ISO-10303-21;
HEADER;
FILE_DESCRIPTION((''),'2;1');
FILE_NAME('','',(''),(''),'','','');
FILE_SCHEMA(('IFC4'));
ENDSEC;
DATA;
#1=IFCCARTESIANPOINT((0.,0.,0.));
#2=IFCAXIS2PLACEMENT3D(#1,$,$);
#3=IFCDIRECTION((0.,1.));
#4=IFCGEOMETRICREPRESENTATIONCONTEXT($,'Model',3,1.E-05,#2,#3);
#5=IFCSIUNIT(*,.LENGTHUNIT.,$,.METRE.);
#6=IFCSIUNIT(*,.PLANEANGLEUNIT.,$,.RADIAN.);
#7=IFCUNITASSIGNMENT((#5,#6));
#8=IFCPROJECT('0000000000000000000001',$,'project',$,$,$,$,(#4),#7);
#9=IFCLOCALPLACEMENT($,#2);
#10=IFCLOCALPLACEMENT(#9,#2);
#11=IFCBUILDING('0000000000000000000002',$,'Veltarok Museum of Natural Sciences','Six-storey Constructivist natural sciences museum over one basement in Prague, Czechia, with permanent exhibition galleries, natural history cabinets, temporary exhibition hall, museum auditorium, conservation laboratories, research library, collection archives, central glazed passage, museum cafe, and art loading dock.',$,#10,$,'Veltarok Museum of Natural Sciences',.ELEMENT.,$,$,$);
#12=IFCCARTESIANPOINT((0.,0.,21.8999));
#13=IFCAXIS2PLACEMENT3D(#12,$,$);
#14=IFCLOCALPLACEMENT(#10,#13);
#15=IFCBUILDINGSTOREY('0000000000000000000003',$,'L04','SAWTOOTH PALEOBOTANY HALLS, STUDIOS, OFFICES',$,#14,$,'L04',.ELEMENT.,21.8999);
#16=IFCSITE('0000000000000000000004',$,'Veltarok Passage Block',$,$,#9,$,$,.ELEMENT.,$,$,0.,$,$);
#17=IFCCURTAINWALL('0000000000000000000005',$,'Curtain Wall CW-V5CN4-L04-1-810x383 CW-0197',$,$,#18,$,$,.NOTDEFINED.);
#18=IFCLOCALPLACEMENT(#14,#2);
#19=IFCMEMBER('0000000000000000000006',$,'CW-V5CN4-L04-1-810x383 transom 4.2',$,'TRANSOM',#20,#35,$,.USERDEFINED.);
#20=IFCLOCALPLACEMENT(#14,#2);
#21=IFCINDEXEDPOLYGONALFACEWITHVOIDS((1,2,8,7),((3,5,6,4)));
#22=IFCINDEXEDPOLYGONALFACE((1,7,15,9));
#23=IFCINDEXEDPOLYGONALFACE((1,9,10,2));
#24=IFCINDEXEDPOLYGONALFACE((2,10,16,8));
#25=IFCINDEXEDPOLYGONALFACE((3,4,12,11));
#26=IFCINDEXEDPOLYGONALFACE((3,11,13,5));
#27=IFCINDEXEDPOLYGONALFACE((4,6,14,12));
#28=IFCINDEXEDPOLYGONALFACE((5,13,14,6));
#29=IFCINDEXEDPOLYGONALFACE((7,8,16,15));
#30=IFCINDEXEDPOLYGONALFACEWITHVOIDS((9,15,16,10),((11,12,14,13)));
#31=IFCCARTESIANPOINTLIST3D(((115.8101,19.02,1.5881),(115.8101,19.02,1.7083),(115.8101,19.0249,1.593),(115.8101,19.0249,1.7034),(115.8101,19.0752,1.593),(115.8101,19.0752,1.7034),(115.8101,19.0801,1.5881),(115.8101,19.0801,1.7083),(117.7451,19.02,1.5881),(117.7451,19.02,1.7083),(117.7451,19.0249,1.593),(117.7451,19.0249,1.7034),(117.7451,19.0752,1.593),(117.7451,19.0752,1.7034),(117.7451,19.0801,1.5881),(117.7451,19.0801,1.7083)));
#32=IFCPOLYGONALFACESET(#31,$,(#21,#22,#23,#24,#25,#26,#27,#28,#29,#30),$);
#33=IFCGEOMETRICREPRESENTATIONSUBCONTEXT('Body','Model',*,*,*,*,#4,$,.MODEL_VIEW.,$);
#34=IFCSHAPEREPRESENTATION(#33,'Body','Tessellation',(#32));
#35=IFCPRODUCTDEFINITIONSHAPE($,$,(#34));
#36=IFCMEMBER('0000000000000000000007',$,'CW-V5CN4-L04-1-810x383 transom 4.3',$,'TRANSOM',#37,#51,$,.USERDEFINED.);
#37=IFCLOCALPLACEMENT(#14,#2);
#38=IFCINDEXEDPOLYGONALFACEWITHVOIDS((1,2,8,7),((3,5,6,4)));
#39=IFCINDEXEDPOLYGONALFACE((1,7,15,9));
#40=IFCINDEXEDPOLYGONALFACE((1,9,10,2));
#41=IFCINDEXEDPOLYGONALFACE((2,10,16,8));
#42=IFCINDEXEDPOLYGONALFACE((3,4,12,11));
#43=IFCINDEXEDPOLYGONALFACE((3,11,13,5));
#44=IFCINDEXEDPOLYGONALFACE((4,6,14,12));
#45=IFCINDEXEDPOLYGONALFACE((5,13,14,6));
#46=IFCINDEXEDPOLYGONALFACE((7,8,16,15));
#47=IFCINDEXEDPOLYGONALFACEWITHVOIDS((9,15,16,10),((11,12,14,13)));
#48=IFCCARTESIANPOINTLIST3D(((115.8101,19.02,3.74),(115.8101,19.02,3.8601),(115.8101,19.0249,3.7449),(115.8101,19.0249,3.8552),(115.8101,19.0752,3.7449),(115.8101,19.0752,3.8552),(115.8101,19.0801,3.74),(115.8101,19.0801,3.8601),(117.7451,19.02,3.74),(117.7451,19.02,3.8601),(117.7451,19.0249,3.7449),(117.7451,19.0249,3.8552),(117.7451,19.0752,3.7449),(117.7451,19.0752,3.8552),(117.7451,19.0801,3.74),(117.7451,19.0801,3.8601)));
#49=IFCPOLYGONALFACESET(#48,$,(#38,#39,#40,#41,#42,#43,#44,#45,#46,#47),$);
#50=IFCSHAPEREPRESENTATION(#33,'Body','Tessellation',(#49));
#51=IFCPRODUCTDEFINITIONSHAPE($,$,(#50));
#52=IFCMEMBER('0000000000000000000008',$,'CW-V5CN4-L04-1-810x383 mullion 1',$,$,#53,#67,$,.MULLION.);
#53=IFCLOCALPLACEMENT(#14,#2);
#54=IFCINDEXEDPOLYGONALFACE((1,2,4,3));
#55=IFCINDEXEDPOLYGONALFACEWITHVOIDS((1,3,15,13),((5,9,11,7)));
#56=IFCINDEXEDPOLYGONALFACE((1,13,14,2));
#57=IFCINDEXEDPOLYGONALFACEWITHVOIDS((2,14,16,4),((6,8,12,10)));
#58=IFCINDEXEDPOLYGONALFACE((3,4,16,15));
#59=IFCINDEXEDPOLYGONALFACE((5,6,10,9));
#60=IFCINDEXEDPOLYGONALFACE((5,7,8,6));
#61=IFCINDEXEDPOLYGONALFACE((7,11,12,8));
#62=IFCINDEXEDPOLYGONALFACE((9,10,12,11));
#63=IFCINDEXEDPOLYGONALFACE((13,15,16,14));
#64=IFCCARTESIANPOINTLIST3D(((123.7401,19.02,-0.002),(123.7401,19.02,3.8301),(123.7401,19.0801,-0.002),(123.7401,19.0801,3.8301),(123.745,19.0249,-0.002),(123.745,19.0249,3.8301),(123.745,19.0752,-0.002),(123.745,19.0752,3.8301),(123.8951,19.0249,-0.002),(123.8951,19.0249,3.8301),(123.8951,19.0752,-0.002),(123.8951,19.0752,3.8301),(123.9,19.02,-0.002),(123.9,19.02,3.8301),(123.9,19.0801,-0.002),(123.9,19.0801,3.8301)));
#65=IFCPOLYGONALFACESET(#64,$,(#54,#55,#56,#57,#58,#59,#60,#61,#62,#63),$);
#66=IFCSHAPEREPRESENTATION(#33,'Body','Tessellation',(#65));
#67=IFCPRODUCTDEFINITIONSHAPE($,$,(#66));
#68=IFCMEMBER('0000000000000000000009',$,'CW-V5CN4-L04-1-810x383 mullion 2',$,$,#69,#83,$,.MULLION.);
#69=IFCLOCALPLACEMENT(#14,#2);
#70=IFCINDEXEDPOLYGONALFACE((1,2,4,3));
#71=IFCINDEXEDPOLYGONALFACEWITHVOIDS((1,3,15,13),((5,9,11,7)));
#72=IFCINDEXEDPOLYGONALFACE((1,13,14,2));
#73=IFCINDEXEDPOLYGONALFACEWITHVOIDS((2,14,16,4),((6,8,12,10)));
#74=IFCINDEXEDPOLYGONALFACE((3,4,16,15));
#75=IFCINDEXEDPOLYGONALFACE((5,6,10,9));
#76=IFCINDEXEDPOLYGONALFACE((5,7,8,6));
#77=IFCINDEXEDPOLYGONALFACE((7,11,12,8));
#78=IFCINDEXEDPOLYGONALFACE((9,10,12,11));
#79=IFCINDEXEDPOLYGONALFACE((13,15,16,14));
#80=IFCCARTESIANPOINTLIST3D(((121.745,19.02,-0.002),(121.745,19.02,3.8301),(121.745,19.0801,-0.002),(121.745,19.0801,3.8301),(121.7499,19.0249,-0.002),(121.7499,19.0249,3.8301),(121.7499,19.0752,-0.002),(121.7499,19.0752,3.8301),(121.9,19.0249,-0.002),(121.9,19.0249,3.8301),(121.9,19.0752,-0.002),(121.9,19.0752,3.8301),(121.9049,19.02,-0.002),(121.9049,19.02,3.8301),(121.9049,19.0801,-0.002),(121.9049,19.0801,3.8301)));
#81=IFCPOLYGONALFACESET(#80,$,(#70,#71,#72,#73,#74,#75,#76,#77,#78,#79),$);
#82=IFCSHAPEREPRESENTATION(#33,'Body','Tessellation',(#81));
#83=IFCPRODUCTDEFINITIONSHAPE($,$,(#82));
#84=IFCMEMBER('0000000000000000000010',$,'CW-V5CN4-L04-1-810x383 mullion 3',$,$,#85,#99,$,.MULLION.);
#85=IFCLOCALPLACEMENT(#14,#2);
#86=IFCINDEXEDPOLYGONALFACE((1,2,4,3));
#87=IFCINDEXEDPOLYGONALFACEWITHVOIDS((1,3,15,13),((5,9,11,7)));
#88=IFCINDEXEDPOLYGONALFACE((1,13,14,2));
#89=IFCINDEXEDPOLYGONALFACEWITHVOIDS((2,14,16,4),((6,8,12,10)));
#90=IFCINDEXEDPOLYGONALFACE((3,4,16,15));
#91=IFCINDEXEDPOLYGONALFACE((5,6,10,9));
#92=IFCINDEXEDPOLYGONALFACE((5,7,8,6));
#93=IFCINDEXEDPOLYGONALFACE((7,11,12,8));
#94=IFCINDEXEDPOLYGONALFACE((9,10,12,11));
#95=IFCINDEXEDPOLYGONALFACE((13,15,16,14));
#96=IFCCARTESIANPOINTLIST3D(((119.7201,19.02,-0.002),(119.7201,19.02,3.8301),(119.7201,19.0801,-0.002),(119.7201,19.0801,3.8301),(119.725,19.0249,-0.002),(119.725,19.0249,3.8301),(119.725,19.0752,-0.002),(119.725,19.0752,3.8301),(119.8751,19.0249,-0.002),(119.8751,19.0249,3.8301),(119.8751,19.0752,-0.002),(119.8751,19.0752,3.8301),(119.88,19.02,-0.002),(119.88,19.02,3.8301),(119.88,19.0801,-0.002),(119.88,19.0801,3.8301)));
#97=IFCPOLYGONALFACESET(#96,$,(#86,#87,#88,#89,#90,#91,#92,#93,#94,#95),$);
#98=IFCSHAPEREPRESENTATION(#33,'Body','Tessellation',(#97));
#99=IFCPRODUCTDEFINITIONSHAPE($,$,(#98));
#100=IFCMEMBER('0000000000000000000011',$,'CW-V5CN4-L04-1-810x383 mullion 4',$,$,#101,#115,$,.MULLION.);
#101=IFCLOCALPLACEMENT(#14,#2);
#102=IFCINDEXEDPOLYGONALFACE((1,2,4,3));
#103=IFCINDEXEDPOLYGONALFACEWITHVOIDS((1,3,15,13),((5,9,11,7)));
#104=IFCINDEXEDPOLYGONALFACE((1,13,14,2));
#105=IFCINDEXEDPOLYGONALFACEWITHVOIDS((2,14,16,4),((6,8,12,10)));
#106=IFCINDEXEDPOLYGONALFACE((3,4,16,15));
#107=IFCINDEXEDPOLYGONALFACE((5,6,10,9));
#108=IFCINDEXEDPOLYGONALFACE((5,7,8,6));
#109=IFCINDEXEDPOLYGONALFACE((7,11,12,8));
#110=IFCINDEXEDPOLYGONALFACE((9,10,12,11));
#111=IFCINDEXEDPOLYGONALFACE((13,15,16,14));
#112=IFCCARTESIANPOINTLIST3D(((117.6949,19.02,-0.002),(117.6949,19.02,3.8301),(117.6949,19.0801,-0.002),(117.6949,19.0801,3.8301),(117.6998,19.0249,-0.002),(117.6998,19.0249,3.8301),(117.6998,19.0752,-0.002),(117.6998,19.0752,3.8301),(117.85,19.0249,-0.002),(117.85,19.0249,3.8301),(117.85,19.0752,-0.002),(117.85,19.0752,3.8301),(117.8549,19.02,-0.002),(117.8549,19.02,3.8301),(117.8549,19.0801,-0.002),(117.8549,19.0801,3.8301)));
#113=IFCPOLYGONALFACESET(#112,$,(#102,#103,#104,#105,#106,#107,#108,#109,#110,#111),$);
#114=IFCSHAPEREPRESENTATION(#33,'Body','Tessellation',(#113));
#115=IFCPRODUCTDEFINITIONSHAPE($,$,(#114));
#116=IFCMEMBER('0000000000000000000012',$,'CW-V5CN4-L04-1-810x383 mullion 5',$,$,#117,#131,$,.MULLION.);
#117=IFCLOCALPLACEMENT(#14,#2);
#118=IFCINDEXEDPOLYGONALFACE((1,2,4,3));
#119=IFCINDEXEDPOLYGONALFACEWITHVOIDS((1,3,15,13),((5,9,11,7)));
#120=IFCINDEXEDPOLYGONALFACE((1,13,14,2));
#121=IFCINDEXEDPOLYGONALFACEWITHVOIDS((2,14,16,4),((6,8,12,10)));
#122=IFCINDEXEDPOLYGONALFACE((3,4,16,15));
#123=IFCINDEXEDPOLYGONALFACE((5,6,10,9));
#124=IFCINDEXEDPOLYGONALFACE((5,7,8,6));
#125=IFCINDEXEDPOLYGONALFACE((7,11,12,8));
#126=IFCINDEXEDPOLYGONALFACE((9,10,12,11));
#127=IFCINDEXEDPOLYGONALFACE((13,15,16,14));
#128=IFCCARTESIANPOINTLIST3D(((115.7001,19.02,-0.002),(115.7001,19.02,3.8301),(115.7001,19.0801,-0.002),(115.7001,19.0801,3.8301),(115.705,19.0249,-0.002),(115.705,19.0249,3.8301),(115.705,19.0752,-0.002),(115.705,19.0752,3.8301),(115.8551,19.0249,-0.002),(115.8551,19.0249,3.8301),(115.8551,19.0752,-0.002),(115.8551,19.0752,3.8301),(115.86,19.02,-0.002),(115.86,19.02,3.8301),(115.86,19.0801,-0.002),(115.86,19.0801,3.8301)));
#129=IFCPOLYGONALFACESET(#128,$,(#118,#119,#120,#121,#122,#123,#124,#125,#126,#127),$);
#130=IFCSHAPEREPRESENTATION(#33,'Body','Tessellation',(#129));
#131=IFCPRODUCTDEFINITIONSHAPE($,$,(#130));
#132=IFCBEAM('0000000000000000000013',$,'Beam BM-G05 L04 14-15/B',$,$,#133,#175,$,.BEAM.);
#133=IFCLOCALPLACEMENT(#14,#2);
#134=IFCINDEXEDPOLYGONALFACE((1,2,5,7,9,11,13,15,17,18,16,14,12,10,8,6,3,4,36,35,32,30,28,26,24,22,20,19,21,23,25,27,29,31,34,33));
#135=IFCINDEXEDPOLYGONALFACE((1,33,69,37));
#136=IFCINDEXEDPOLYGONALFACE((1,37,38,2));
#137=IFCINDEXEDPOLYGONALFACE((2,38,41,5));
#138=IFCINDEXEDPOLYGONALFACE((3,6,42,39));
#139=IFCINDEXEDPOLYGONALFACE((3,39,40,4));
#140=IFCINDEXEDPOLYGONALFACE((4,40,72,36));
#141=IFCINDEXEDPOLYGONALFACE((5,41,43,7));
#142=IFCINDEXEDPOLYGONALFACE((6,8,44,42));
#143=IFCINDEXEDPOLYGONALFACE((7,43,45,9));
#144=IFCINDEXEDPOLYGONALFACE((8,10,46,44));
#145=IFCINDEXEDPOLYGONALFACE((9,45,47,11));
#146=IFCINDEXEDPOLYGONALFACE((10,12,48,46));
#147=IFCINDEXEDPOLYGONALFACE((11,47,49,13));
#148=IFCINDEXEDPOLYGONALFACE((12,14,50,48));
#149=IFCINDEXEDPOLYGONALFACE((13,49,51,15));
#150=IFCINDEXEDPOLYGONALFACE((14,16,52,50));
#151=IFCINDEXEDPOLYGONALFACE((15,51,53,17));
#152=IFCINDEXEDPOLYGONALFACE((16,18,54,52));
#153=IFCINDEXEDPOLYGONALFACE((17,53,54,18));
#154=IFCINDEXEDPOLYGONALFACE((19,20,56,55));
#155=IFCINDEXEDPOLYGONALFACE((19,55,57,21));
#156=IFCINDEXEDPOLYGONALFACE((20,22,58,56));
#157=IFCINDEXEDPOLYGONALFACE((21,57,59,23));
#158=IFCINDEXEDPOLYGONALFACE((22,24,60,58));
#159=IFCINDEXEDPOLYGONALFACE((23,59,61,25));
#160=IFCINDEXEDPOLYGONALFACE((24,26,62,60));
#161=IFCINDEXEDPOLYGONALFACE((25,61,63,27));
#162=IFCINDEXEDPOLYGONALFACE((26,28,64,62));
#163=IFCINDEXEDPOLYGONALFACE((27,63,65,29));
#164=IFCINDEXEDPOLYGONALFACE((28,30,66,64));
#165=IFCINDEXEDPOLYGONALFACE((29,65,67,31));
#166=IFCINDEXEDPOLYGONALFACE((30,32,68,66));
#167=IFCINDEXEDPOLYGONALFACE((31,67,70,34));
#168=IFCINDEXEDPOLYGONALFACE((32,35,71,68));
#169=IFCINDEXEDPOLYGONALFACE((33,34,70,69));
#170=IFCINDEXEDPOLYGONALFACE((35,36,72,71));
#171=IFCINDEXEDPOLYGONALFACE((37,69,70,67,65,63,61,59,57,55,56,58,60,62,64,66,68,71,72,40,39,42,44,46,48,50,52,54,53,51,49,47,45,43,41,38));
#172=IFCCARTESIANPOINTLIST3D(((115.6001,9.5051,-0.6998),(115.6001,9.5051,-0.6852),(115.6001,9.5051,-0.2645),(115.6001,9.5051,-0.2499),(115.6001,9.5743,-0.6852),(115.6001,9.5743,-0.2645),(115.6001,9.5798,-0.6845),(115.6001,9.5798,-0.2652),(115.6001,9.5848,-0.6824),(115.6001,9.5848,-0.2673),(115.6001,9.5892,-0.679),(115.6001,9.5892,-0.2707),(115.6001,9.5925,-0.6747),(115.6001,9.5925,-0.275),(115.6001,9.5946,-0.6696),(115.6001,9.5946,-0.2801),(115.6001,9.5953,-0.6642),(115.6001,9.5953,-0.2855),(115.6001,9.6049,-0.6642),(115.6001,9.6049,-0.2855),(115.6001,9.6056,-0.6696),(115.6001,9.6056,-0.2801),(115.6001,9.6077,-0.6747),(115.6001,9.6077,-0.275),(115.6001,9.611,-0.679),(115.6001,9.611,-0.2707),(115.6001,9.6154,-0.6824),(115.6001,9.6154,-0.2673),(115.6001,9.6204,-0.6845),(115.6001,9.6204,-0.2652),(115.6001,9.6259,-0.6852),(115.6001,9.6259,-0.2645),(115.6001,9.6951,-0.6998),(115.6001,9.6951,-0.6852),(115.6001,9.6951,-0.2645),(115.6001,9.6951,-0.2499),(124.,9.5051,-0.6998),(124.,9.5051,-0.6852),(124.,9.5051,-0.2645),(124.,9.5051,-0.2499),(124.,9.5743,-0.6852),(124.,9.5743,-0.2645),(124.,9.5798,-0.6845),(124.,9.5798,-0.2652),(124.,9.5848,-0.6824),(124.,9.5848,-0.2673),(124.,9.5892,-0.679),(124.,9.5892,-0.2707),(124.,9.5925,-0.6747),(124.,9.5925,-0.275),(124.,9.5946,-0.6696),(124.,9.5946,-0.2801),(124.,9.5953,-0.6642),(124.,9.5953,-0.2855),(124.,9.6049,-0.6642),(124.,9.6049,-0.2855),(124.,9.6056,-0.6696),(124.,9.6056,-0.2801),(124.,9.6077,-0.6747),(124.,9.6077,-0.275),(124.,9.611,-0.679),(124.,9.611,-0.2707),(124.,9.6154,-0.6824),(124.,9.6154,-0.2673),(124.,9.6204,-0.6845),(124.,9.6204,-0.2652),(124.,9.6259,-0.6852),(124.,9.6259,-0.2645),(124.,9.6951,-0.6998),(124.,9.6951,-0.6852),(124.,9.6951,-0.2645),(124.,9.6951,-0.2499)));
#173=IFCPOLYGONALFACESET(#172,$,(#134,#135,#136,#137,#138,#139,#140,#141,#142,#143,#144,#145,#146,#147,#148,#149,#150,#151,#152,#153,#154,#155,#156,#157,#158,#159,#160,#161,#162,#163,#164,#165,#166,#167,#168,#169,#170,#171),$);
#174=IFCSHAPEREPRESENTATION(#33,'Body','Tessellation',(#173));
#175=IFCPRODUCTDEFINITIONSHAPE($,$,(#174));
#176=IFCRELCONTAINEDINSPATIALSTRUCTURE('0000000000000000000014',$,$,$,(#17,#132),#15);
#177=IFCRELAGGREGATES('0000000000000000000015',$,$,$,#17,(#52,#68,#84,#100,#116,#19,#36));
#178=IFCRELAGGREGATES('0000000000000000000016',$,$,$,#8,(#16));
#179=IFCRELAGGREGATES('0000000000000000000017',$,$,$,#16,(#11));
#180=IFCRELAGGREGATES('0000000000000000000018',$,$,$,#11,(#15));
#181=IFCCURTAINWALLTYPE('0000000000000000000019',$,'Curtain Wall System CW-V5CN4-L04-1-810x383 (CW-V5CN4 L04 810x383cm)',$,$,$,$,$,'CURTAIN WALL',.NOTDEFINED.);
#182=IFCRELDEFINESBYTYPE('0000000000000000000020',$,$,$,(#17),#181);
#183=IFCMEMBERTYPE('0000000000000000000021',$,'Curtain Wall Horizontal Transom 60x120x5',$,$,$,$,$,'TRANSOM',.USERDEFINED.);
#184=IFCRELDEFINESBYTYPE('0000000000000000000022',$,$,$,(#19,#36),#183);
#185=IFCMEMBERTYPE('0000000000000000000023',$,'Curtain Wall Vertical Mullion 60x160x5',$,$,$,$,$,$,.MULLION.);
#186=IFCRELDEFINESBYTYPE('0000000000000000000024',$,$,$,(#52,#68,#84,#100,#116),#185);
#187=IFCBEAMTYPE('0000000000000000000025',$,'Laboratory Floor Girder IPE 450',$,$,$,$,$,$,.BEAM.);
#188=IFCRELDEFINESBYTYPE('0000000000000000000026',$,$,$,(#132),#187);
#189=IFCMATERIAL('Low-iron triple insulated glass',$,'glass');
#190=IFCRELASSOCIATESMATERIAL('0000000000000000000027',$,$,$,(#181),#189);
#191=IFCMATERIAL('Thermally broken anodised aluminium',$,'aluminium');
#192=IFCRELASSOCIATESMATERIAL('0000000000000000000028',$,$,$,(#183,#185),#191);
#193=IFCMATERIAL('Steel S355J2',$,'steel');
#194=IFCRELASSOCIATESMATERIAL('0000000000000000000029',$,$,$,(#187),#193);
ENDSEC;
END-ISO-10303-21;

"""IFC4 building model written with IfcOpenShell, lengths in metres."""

from ifc_helpers import new_model, si_unit, direction, frame, origin, origin_2d, place, context, subcontext, project, spatial, hollow_rectangle, i_section, extrude, material, material_profile, profile_set, type_object, element, aggregate, save


model = new_model("IFC4")

# Units and contexts
model_context = context("Model", 3, precision=1e-05, world=origin(), true_north=direction((0.0, 1.0)))
body_context = subcontext(model_context, "Body", "Model", "MODEL_VIEW")
ifc_project = project(units=[si_unit("LENGTHUNIT", "METRE"), si_unit("PLANEANGLEUNIT", "RADIAN")], contexts=[model_context])

# Site, building, storey
site_placement = place(None, origin())
site = spatial("IfcSite", under=ifc_project, at=site_placement, Name="Veltarok Passage Block", CompositionType="ELEMENT", RefElevation=0.0)
building_placement = place(site_placement, origin())
building = spatial("IfcBuilding", under=site, at=building_placement, Name="Veltarok Museum of Natural Sciences", Description="Six-storey Constructivist natural sciences museum over one basement in Prague, Czechia, with permanent exhibition galleries, natural history cabinets, temporary exhibition hall, museum auditorium, conservation laboratories, research library, collection archives, central glazed passage, museum cafe, and art loading dock.", LongName="Veltarok Museum of Natural Sciences", CompositionType="ELEMENT")
storey_placement = place(building_placement, frame((0.0, 0.0, 21.8999)))
storey = spatial("IfcBuildingStorey", under=building, at=storey_placement, Name="L04", Description="SAWTOOTH PALEOBOTANY HALLS, STUDIOS, OFFICES", LongName="L04", CompositionType="ELEMENT", Elevation=21.8999)

# Curtain wall, members
ifc_material_1 = material(Name="Low-iron triple insulated glass", Category="glass")
curtain_wall_type = type_object("IfcCurtainWallType", Name="Curtain Wall System CW-V5CN4-L04-1-810x383 (CW-V5CN4 L04 810x383cm)", ElementType="CURTAIN WALL", PredefinedType="NOTDEFINED", material=ifc_material_1)
curtain_wall_placement = place(storey_placement, origin())
curtain_wall = element("IfcCurtainWall", 1, at=curtain_wall_placement, inside=storey, type_object=curtain_wall_type, Name="Curtain Wall CW-V5CN4-L04-1-810x383 CW-0197", PredefinedType="NOTDEFINED")
ifc_material_2 = material(Name="Thermally broken anodised aluminium", Category="aluminium")
ifc_material_profile_1 = material_profile(ifc_material_2, hollow_rectangle(XDim=0.0601, YDim=0.1201, WallThickness=0.0049, at=origin_2d()), Name="CW TRANSOM 60x120x5")
ifc_profile_set_1 = profile_set([ifc_material_profile_1], Name="Thermally broken anodised aluminium")
member_type_1 = type_object("IfcMemberType", Name="Curtain Wall Horizontal Transom 60x120x5", ElementType="TRANSOM", PredefinedType="USERDEFINED", material=ifc_profile_set_1)
member_1_placement = place(storey_placement, frame((117.7451, 19.05, 1.6482), z_axis=(-1.0, 0.0, 0.0), x_axis=(0.0, -1.0, 0.0)))
member_1 = element("IfcMember", 2, at=member_1_placement, type_object=member_type_1, Name="CW-V5CN4-L04-1-810x383 transom 4.2", ObjectType="TRANSOM", PredefinedType="USERDEFINED", context=body_context, shape_type="SweptSolid", body=[
    extrude(hollow_rectangle(XDim=0.0601, YDim=0.1201, WallThickness=0.0049, at=origin_2d()), origin(), (0.0, 0.0, 1.0), 1.9351),
])
member_2_placement = place(storey_placement, frame((117.7451, 19.05, 3.8), z_axis=(-1.0, 0.0, 0.0), x_axis=(0.0, -1.0, 0.0)))
member_2 = element("IfcMember", 3, at=member_2_placement, type_object=member_type_1, Name="CW-V5CN4-L04-1-810x383 transom 4.3", ObjectType="TRANSOM", PredefinedType="USERDEFINED", context=body_context, shape_type="SweptSolid", body=[
    extrude(hollow_rectangle(XDim=0.0601, YDim=0.1201, WallThickness=0.0049, at=origin_2d()), origin(), (0.0, 0.0, 1.0), 1.9351),
])
ifc_material_profile_2 = material_profile(ifc_material_2, hollow_rectangle(XDim=0.0601, YDim=0.1599, WallThickness=0.0049, at=origin_2d()), Name="CW MULLION 60x160x5")
ifc_profile_set_2 = profile_set([ifc_material_profile_2], Name="Thermally broken anodised aluminium")
member_type_2 = type_object("IfcMemberType", Name="Curtain Wall Vertical Mullion 60x160x5", PredefinedType="MULLION", material=ifc_profile_set_2)
member_3_placement = place(storey_placement, frame((123.8201, 19.05, -0.002), z_axis=(0.0, 0.0, 1.0), x_axis=(0.0, -1.0, 0.0)))
member_3 = element("IfcMember", 4, at=member_3_placement, type_object=member_type_2, Name="CW-V5CN4-L04-1-810x383 mullion 1", PredefinedType="MULLION", context=body_context, shape_type="SweptSolid", body=[
    extrude(hollow_rectangle(XDim=0.0601, YDim=0.1599, WallThickness=0.0049, at=origin_2d()), origin(), (0.0, 0.0, 1.0), 3.832),
])
member_4_placement = place(storey_placement, frame((121.825, 19.05, -0.002), z_axis=(0.0, 0.0, 1.0), x_axis=(0.0, -1.0, 0.0)))
member_4 = element("IfcMember", 5, at=member_4_placement, type_object=member_type_2, Name="CW-V5CN4-L04-1-810x383 mullion 2", PredefinedType="MULLION", context=body_context, shape_type="SweptSolid", body=[
    extrude(hollow_rectangle(XDim=0.0601, YDim=0.1599, WallThickness=0.0049, at=origin_2d()), origin(), (0.0, 0.0, 1.0), 3.832),
])
member_5_placement = place(storey_placement, frame((119.8, 19.05, -0.002), z_axis=(0.0, 0.0, 1.0), x_axis=(0.0, -1.0, 0.0)))
member_5 = element("IfcMember", 6, at=member_5_placement, type_object=member_type_2, Name="CW-V5CN4-L04-1-810x383 mullion 3", PredefinedType="MULLION", context=body_context, shape_type="SweptSolid", body=[
    extrude(hollow_rectangle(XDim=0.0601, YDim=0.1599, WallThickness=0.0049, at=origin_2d()), origin(), (0.0, 0.0, 1.0), 3.832),
])
member_6_placement = place(storey_placement, frame((117.7749, 19.05, -0.002), z_axis=(0.0, 0.0, 1.0), x_axis=(0.0, -1.0, 0.0)))
member_6 = element("IfcMember", 7, at=member_6_placement, type_object=member_type_2, Name="CW-V5CN4-L04-1-810x383 mullion 4", PredefinedType="MULLION", context=body_context, shape_type="SweptSolid", body=[
    extrude(hollow_rectangle(XDim=0.0601, YDim=0.1599, WallThickness=0.0049, at=origin_2d()), origin(), (0.0, 0.0, 1.0), 3.832),
])
member_7_placement = place(storey_placement, frame((115.78, 19.05, -0.002), z_axis=(0.0, 0.0, 1.0), x_axis=(0.0, -1.0, 0.0)))
member_7 = element("IfcMember", 8, at=member_7_placement, type_object=member_type_2, Name="CW-V5CN4-L04-1-810x383 mullion 5", PredefinedType="MULLION", context=body_context, shape_type="SweptSolid", body=[
    extrude(hollow_rectangle(XDim=0.0601, YDim=0.1599, WallThickness=0.0049, at=origin_2d()), origin(), (0.0, 0.0, 1.0), 3.832),
])

# Beam
ifc_material_3 = material(Name="Steel S355J2", Category="steel")
ifc_material_profile_3 = material_profile(ifc_material_3, i_section(OverallWidth=0.1899, OverallDepth=0.45, WebThickness=0.0095, FlangeThickness=0.0146, FilletRadius=0.021, at=origin_2d()), Name="IPE 450")
ifc_profile_set_3 = profile_set([ifc_material_profile_3], Name="Steel S355J2")
beam_type_1 = type_object("IfcBeamType", Name="Laboratory Floor Girder IPE 450", PredefinedType="BEAM", material=ifc_profile_set_3)
beam_1_placement = place(storey_placement, frame((115.6001, 9.6001, -0.4749), z_axis=(1.0, 0.0, 0.0), x_axis=(0.0, 1.0, 0.0)))
element("IfcBeam", 9, at=beam_1_placement, inside=storey, type_object=beam_type_1, Name="Beam BM-G05 L04 14-15/B", PredefinedType="BEAM", context=body_context, shape_type="SweptSolid", body=[
    extrude(i_section(OverallWidth=0.1899, OverallDepth=0.45, WebThickness=0.0095, FlangeThickness=0.0146, FilletRadius=0.021, at=origin_2d()), origin(), (0.0, 0.0, 1.0), 8.3999),
])

aggregate(curtain_wall, [member_3, member_4, member_5, member_6, member_7, member_1, member_2])

save(model, "model.ifc")
